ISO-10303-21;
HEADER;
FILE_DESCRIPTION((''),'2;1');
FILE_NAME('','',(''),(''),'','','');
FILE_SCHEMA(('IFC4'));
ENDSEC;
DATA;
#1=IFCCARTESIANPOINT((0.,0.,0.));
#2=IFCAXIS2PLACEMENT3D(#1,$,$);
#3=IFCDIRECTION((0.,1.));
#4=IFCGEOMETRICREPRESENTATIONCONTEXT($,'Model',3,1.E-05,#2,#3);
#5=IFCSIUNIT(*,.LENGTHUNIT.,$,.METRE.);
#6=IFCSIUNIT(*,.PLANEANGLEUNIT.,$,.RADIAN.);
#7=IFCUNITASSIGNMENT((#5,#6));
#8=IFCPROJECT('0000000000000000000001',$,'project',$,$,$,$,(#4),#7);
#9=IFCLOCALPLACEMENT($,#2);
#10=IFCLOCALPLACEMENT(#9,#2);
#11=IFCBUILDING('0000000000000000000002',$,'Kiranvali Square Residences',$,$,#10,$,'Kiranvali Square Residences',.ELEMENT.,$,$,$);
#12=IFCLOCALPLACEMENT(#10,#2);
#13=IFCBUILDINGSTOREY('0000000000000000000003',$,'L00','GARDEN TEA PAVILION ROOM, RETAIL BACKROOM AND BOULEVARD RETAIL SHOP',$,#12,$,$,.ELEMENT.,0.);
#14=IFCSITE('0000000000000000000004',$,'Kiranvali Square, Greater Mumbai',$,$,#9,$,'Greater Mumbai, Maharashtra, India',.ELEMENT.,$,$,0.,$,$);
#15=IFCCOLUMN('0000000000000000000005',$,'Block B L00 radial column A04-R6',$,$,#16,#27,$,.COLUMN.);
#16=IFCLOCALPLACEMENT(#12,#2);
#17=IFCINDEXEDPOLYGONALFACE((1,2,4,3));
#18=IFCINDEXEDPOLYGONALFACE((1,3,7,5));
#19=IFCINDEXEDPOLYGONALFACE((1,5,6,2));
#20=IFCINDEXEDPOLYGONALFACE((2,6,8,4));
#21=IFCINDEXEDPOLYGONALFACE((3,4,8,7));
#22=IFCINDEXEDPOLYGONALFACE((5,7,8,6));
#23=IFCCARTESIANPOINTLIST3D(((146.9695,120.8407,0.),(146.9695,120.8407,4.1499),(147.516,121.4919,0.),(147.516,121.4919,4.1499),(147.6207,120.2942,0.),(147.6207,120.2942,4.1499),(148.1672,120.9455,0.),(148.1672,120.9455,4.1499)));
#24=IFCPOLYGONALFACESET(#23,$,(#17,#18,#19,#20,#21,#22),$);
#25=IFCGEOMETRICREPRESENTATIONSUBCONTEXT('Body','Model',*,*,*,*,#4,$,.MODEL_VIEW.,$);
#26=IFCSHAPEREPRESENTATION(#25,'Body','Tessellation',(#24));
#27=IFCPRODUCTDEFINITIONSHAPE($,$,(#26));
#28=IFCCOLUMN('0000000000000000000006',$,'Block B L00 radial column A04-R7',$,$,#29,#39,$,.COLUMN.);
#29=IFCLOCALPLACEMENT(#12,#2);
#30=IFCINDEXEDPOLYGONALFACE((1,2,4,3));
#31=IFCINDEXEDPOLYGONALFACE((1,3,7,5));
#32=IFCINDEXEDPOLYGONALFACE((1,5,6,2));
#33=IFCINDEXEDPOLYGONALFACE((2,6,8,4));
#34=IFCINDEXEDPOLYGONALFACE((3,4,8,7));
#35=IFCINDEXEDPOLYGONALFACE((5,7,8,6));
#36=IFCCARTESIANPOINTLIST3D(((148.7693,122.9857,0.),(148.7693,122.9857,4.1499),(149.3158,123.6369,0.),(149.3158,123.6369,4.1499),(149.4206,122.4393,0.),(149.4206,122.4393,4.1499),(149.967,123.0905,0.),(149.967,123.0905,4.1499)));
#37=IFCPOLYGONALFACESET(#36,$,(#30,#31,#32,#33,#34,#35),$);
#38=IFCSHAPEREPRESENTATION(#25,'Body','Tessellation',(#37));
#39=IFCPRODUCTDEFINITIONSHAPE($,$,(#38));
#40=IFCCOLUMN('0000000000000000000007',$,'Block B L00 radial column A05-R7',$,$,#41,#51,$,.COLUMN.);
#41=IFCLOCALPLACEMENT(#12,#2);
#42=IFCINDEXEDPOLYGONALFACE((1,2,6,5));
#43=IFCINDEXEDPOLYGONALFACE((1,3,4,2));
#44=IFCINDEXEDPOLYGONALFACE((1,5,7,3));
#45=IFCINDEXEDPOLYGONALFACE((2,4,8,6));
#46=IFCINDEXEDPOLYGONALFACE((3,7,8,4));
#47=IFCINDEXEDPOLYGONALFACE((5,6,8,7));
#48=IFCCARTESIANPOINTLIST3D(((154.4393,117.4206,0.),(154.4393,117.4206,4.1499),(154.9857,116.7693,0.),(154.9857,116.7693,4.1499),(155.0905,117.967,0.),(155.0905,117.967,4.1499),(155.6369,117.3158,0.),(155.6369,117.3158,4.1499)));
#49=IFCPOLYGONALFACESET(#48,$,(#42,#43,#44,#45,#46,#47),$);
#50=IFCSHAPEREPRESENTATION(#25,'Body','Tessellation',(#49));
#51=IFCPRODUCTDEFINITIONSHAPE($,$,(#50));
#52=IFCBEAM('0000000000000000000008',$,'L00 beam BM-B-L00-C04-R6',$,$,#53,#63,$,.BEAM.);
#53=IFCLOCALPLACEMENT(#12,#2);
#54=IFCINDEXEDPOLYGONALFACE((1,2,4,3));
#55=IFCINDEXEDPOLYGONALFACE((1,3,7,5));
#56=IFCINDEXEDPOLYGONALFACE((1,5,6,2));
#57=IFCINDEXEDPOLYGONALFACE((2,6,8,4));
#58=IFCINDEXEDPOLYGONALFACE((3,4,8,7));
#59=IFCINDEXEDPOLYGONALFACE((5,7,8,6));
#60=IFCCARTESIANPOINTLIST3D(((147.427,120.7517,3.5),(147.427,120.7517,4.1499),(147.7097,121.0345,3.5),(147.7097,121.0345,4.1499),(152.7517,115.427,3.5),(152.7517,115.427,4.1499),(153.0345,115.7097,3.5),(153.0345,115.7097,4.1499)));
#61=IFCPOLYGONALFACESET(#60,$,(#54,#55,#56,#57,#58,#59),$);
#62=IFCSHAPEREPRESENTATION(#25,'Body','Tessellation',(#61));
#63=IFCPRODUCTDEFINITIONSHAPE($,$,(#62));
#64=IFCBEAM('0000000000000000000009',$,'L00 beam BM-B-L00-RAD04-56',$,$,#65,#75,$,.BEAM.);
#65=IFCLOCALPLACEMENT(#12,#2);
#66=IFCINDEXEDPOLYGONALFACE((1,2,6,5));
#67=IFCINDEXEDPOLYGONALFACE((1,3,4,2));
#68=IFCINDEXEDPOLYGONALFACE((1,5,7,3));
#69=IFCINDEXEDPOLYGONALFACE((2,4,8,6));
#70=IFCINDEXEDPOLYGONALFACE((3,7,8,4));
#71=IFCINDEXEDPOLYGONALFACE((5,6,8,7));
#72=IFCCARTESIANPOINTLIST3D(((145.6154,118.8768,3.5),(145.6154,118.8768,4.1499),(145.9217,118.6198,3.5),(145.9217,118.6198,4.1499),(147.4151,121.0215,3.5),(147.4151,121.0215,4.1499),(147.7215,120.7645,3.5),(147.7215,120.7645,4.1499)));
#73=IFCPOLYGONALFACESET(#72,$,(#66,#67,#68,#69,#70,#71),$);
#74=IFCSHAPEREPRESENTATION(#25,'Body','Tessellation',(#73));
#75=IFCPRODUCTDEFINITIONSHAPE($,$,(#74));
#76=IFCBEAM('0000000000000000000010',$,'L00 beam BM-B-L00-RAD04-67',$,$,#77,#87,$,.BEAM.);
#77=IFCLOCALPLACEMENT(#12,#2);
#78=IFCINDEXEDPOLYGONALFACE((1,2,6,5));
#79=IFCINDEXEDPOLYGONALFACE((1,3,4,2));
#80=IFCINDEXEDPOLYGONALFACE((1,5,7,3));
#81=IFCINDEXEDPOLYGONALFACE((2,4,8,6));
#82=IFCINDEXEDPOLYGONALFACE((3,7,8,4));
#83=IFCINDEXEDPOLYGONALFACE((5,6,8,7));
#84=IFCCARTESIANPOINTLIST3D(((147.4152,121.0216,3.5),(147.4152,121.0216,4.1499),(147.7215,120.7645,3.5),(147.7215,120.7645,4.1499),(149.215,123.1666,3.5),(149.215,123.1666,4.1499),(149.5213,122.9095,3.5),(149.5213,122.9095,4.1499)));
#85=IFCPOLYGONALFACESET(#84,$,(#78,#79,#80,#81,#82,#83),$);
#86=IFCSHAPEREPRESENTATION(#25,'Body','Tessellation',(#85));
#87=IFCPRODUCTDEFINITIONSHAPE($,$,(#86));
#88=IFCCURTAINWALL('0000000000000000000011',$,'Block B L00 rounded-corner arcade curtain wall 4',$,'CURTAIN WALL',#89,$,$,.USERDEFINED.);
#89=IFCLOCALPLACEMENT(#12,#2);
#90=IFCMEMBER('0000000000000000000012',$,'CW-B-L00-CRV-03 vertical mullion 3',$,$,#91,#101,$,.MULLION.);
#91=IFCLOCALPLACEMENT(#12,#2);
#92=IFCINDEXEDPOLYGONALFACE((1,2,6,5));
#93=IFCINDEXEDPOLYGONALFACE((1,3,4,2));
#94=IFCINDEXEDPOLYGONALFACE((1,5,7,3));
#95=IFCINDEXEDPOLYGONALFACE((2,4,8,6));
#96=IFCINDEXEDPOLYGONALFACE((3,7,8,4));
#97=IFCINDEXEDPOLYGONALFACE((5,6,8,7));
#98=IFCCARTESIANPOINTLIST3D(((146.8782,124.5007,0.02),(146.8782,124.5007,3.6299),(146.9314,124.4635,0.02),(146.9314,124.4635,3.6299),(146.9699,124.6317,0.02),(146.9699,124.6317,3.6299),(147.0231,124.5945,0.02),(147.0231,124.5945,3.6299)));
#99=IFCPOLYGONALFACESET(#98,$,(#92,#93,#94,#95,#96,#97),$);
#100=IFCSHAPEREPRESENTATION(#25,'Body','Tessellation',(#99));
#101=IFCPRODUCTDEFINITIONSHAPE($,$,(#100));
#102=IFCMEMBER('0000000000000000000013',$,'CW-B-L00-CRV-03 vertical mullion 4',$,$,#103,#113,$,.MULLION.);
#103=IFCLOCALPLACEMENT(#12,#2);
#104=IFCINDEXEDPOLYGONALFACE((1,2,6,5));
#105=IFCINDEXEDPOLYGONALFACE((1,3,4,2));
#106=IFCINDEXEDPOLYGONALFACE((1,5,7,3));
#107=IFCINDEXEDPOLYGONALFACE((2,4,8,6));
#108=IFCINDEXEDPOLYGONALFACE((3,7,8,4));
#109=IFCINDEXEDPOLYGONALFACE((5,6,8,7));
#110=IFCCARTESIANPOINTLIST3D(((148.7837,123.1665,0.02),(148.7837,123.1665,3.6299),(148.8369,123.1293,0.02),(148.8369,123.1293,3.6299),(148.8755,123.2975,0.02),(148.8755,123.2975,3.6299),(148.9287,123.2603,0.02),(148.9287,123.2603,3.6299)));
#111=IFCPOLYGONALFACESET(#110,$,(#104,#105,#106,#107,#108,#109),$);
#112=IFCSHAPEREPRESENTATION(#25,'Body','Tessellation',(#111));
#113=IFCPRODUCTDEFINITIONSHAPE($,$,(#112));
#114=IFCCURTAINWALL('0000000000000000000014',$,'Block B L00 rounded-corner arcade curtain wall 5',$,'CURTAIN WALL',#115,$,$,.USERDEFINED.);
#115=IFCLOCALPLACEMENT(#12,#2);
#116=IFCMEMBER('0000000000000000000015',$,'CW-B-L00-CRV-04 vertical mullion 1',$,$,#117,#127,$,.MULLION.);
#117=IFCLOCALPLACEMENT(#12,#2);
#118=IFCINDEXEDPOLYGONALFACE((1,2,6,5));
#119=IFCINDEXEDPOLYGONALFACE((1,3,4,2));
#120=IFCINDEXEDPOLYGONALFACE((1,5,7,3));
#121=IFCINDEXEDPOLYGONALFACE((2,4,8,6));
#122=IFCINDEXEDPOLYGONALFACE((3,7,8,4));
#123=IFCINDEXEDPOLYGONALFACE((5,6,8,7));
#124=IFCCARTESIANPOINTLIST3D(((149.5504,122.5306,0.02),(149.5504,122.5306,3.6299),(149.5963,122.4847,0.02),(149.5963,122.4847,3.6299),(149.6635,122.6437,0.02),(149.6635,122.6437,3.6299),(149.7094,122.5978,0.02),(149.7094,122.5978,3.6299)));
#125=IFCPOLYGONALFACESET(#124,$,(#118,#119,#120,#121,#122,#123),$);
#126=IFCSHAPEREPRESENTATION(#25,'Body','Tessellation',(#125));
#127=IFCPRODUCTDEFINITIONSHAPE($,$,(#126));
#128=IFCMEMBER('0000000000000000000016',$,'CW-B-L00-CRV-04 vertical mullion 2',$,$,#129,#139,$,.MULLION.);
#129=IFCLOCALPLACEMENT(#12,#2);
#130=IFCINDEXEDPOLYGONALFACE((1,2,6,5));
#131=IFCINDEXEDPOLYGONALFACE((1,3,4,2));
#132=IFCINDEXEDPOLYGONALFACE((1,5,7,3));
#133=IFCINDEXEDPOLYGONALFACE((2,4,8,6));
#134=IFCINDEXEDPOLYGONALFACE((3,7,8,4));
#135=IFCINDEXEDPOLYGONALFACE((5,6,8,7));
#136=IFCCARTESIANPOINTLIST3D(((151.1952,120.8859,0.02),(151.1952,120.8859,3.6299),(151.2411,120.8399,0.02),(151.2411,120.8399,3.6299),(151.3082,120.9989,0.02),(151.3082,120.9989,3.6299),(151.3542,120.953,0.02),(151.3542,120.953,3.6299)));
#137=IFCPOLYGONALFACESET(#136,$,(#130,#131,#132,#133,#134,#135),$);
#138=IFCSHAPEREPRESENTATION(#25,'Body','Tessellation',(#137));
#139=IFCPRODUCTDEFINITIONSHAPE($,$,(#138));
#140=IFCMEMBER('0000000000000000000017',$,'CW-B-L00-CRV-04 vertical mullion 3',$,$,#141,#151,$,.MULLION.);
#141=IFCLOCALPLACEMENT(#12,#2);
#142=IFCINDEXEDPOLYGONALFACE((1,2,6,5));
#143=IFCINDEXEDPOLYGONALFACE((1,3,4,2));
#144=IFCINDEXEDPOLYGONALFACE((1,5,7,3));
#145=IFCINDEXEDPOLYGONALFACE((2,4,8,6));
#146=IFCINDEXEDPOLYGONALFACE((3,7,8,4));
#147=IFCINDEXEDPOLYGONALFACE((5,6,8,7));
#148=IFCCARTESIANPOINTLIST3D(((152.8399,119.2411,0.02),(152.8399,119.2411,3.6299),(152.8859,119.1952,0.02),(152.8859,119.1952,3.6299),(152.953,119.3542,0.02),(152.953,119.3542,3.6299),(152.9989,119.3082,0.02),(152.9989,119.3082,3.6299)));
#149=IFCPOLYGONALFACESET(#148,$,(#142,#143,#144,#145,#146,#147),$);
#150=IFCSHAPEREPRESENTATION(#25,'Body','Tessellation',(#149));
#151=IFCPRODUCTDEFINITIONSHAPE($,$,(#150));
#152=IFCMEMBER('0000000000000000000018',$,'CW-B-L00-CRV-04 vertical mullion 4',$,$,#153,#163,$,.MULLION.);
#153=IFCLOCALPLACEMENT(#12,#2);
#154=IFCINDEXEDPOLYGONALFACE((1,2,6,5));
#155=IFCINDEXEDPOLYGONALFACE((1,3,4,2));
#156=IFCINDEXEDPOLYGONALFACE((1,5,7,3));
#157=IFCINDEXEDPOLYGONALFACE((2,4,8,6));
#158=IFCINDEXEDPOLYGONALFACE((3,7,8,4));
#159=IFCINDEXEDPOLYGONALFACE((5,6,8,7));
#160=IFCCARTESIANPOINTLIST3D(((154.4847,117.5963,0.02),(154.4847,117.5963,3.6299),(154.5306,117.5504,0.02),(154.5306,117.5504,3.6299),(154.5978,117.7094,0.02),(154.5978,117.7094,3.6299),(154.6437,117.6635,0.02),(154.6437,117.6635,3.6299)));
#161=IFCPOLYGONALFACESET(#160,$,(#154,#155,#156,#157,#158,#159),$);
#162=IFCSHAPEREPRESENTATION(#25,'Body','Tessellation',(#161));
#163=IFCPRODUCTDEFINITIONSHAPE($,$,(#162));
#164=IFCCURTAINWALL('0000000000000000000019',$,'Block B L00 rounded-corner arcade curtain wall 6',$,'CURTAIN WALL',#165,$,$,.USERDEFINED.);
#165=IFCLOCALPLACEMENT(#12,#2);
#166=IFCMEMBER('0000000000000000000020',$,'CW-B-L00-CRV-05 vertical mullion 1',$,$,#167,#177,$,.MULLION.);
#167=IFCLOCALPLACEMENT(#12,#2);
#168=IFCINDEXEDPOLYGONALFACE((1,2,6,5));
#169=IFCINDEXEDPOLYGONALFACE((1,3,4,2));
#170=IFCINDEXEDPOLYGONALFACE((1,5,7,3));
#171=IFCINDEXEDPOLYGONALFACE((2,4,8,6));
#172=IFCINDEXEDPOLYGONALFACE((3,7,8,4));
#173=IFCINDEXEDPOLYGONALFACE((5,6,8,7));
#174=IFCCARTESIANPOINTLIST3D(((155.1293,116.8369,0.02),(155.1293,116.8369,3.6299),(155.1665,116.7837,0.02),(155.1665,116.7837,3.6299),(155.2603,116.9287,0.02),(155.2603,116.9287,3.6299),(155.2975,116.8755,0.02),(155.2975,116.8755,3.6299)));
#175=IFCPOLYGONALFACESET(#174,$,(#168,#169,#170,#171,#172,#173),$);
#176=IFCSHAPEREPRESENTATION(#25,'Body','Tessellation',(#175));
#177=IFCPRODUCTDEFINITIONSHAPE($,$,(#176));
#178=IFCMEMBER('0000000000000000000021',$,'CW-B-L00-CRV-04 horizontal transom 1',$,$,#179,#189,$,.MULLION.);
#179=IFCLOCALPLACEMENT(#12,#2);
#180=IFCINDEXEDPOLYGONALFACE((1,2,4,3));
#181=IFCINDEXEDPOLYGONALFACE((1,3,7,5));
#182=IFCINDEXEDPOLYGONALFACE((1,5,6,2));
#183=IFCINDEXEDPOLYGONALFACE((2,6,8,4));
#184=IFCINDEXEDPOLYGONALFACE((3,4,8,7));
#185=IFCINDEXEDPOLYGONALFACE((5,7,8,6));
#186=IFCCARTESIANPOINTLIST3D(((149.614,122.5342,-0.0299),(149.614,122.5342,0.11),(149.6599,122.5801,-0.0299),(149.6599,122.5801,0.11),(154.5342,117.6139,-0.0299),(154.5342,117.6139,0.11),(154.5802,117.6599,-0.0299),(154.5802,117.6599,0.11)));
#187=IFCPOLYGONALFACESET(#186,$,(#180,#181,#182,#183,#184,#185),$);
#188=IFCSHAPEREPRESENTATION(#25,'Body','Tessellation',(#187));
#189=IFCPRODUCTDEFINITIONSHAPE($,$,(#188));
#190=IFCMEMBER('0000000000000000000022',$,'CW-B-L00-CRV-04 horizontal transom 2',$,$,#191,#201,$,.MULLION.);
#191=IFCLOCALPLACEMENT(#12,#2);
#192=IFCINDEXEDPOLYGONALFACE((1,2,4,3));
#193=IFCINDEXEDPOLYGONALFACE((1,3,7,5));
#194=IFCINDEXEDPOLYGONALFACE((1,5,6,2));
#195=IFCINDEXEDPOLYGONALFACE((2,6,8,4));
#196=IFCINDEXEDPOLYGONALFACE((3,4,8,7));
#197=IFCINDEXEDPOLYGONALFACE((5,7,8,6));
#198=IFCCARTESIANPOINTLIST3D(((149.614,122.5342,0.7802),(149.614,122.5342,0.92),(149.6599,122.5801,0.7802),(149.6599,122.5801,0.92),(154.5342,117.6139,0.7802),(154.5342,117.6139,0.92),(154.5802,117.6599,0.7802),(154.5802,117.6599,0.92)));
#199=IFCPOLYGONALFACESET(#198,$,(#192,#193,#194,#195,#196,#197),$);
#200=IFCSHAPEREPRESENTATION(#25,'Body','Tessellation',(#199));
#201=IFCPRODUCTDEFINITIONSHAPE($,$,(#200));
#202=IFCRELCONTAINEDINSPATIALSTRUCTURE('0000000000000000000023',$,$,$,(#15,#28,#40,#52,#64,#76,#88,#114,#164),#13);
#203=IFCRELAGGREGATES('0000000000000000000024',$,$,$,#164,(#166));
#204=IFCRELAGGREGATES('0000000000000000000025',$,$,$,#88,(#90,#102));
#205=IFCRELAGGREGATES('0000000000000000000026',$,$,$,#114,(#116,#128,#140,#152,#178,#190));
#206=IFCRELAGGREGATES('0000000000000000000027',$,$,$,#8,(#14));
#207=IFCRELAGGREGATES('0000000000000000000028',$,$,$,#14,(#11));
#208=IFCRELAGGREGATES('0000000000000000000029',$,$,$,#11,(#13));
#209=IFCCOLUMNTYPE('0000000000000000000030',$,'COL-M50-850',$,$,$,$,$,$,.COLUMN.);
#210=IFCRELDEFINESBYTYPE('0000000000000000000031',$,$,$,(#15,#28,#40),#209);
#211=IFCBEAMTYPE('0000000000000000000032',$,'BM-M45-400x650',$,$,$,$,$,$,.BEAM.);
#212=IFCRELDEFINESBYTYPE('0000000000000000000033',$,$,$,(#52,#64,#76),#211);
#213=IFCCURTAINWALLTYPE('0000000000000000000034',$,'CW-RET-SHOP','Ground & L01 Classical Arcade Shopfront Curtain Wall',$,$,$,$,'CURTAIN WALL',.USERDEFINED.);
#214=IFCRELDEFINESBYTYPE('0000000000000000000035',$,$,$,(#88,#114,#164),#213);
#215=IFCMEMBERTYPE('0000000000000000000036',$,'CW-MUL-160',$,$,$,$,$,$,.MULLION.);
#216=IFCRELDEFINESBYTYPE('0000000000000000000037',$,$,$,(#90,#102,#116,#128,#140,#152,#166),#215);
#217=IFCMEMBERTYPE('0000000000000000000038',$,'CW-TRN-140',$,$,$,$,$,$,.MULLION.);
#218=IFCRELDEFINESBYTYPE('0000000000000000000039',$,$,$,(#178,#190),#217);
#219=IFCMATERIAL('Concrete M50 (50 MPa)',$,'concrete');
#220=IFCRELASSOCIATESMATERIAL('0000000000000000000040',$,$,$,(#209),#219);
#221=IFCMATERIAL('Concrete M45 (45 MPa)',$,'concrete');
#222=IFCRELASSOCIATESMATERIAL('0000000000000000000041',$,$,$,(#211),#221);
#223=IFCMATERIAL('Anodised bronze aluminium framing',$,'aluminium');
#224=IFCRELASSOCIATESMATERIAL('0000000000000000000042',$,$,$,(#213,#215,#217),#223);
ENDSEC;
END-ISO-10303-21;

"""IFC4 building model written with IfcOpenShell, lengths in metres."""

from ifc_helpers import new_model, si_unit, direction, frame, origin, origin_2d, place, context, subcontext, project, spatial, rectangle, extrude, material, material_profile, profile_set, type_object, element, aggregate, save


model = new_model("IFC4")

# Units and contexts
model_context = context("Model", 3, precision=1e-05, world=origin(), true_north=direction((0.0, 1.0)))
body_context = subcontext(model_context, "Body", "Model", "MODEL_VIEW")
ifc_project = project(units=[si_unit("LENGTHUNIT", "METRE"), si_unit("PLANEANGLEUNIT", "RADIAN")], contexts=[model_context])

# Site, building, storey
site_placement = place(None, origin())
site = spatial("IfcSite", under=ifc_project, at=site_placement, Name="Kiranvali Square, Greater Mumbai", LongName="Greater Mumbai, Maharashtra, India", CompositionType="ELEMENT", RefElevation=0.0)
building_placement = place(site_placement, origin())
building = spatial("IfcBuilding", under=site, at=building_placement, Name="Kiranvali Square Residences", LongName="Kiranvali Square Residences", CompositionType="ELEMENT")
storey_placement = place(building_placement, origin())
storey = spatial("IfcBuildingStorey", under=building, at=storey_placement, Name="L00", Description="GARDEN TEA PAVILION ROOM, RETAIL BACKROOM AND BOULEVARD RETAIL SHOP", CompositionType="ELEMENT", Elevation=0.0)

# Columns
ifc_material_1 = material(Name="Concrete M50 (50 MPa)", Category="concrete")
ifc_material_profile_1 = material_profile(ifc_material_1, rectangle(XDim=0.8501, YDim=0.8501, at=origin_2d()), Name="RC 850x850")
ifc_profile_set_1 = profile_set([ifc_material_profile_1], Name="Concrete M50 (50 MPa)")
column_type = type_object("IfcColumnType", Name="COL-M50-850", PredefinedType="COLUMN", material=ifc_profile_set_1)
for number, where, z_axis, x_axis, name in (
    (1, (147.5684, 120.8931, 0.0), (0.0, 0.0, 1.0), (-0.766044, 0.642788, 0.0), "Block B L00 radial column A04-R6"),
    (2, (149.3682, 123.0381, 0.0), (0.0, 0.0, 1.0), (-0.766044, 0.642788, 0.0), "Block B L00 radial column A04-R7"),
    (3, (155.0381, 117.3682, 0.0), (0.0, 0.0, 1.0), (-0.642788, 0.766044, 0.0), "Block B L00 radial column A05-R7"),
):
    element("IfcColumn", number, at=place(storey_placement, frame(where, z_axis=z_axis, x_axis=x_axis)), inside=storey, type_object=column_type, Name=name, PredefinedType="COLUMN", context=body_context, shape_type="SweptSolid", body=[
        extrude(rectangle(XDim=0.8501, YDim=0.8501, at=origin_2d()), origin(), (0.0, 0.0, 1.0), 4.1499),
    ])

# Beams
ifc_material_2 = material(Name="Concrete M45 (45 MPa)", Category="concrete")
ifc_material_profile_2 = material_profile(ifc_material_2, rectangle(XDim=0.3999, YDim=0.6499, at=origin_2d()), Name="RC 400x650")
ifc_profile_set_2 = profile_set([ifc_material_profile_2], Name="Concrete M45 (45 MPa)")
beam_type_1 = type_object("IfcBeamType", Name="BM-M45-400x650", PredefinedType="BEAM", material=ifc_profile_set_2)
beam_1_placement = place(storey_placement, frame((147.5684, 120.8931, 3.825), z_axis=(0.707107, -0.707107, 0.0), x_axis=(0.707107, 0.707107, 0.0)))
element("IfcBeam", 4, at=beam_1_placement, inside=storey, type_object=beam_type_1, Name="L00 beam BM-B-L00-C04-R6", PredefinedType="BEAM", context=body_context, shape_type="SweptSolid", body=[
    extrude(rectangle(XDim=0.3999, YDim=0.6499, at=origin_2d()), origin(), (0.0, 0.0, 1.0), 7.5303),
])
beam_2_placement = place(storey_placement, frame((145.7686, 118.7483, 3.825), z_axis=(0.642814, 0.766023, 0.0), x_axis=(-0.766023, 0.642814, 0.0)))
element("IfcBeam", 5, at=beam_2_placement, inside=storey, type_object=beam_type_1, Name="L00 beam BM-B-L00-RAD04-56", PredefinedType="BEAM", context=body_context, shape_type="SweptSolid", body=[
    extrude(rectangle(XDim=0.3999, YDim=0.6499, at=origin_2d()), origin(), (0.0, 0.0, 1.0), 2.7998),
])
beam_3_placement = place(storey_placement, frame((147.5684, 120.8931, 3.825), z_axis=(0.642771, 0.766059, 0.0), x_axis=(-0.766059, 0.642771, 0.0)))
element("IfcBeam", 6, at=beam_3_placement, inside=storey, type_object=beam_type_1, Name="L00 beam BM-B-L00-RAD04-67", PredefinedType="BEAM", context=body_context, shape_type="SweptSolid", body=[
    extrude(rectangle(XDim=0.3999, YDim=0.6499, at=origin_2d()), origin(), (0.0, 0.0, 1.0), 2.8),
])

# Curtain walls, members
ifc_material_3 = material(Name="Anodised bronze aluminium framing", Category="aluminium")
curtain_wall_type = type_object("IfcCurtainWallType", Name="CW-RET-SHOP", Description="Ground & L01 Classical Arcade Shopfront Curtain Wall", ElementType="CURTAIN WALL", PredefinedType="USERDEFINED", material=ifc_material_3)
curtain_wall_1_placement = place(storey_placement, origin())
curtain_wall_1 = element("IfcCurtainWall", 7, at=curtain_wall_1_placement, inside=storey, type_object=curtain_wall_type, Name="Block B L00 rounded-corner arcade curtain wall 4", ObjectType="CURTAIN WALL", PredefinedType="USERDEFINED")
ifc_material_profile_3 = material_profile(ifc_material_3, rectangle(XDim=0.0649, YDim=0.1599, at=origin_2d()), Name="ALU 65x160")
ifc_profile_set_3 = profile_set([ifc_material_profile_3], Name="Anodised bronze aluminium framing")
member_type_1 = type_object("IfcMemberType", Name="CW-MUL-160", PredefinedType="MULLION", material=ifc_profile_set_3)
member_1_placement = place(storey_placement, frame((146.9507, 124.5476, 0.02), z_axis=(0.0, 0.0, 1.0), x_axis=(0.819152, -0.573576, 0.0)))
member_1 = element("IfcMember", 8, at=member_1_placement, type_object=member_type_1, Name="CW-B-L00-CRV-03 vertical mullion 3", PredefinedType="MULLION", context=body_context, shape_type="SweptSolid", body=[
    extrude(rectangle(XDim=0.0649, YDim=0.1599, at=origin_2d()), origin(), (0.0, 0.0, 1.0), 3.6099),
])
member_2_placement = place(storey_placement, frame((148.8562, 123.2134, 0.02), z_axis=(0.0, 0.0, 1.0), x_axis=(0.819152, -0.573576, 0.0)))
member_2 = element("IfcMember", 9, at=member_2_placement, type_object=member_type_1, Name="CW-B-L00-CRV-03 vertical mullion 4", PredefinedType="MULLION", context=body_context, shape_type="SweptSolid", body=[
    extrude(rectangle(XDim=0.0649, YDim=0.1599, at=origin_2d()), origin(), (0.0, 0.0, 1.0), 3.6099),
])
curtain_wall_2_placement = place(storey_placement, origin())
curtain_wall_2 = element("IfcCurtainWall", 10, at=curtain_wall_2_placement, inside=storey, type_object=curtain_wall_type, Name="Block B L00 rounded-corner arcade curtain wall 5", ObjectType="CURTAIN WALL", PredefinedType="USERDEFINED")
member_3_placement = place(storey_placement, frame((149.6299, 122.5642, 0.02), z_axis=(0.0, 0.0, 1.0), x_axis=(0.707107, -0.707107, 0.0)))
member_3 = element("IfcMember", 11, at=member_3_placement, type_object=member_type_1, Name="CW-B-L00-CRV-04 vertical mullion 1", PredefinedType="MULLION", context=body_context, shape_type="SweptSolid", body=[
    extrude(rectangle(XDim=0.0649, YDim=0.1599, at=origin_2d()), origin(), (0.0, 0.0, 1.0), 3.6099),
])
member_4_placement = place(storey_placement, frame((151.2747, 120.9194, 0.02), z_axis=(0.0, 0.0, 1.0), x_axis=(0.707107, -0.707107, 0.0)))
member_4 = element("IfcMember", 12, at=member_4_placement, type_object=member_type_1, Name="CW-B-L00-CRV-04 vertical mullion 2", PredefinedType="MULLION", context=body_context, shape_type="SweptSolid", body=[
    extrude(rectangle(XDim=0.0649, YDim=0.1599, at=origin_2d()), origin(), (0.0, 0.0, 1.0), 3.6099),
])
member_5_placement = place(storey_placement, frame((152.9194, 119.2747, 0.02), z_axis=(0.0, 0.0, 1.0), x_axis=(0.707107, -0.707107, 0.0)))
member_5 = element("IfcMember", 13, at=member_5_placement, type_object=member_type_1, Name="CW-B-L00-CRV-04 vertical mullion 3", PredefinedType="MULLION", context=body_context, shape_type="SweptSolid", body=[
    extrude(rectangle(XDim=0.0649, YDim=0.1599, at=origin_2d()), origin(), (0.0, 0.0, 1.0), 3.6099),
])
member_6_placement = place(storey_placement, frame((154.5642, 117.6299, 0.02), z_axis=(0.0, 0.0, 1.0), x_axis=(0.707107, -0.707107, 0.0)))
member_6 = element("IfcMember", 14, at=member_6_placement, type_object=member_type_1, Name="CW-B-L00-CRV-04 vertical mullion 4", PredefinedType="MULLION", context=body_context, shape_type="SweptSolid", body=[
    extrude(rectangle(XDim=0.0649, YDim=0.1599, at=origin_2d()), origin(), (0.0, 0.0, 1.0), 3.6099),
])

# Curtain wall, member
curtain_wall_3_placement = place(storey_placement, origin())
curtain_wall_3 = element("IfcCurtainWall", 15, at=curtain_wall_3_placement, inside=storey, type_object=curtain_wall_type, Name="Block B L00 rounded-corner arcade curtain wall 6", ObjectType="CURTAIN WALL", PredefinedType="USERDEFINED")
member_7_placement = place(storey_placement, frame((155.2134, 116.8562, 0.02), z_axis=(0.0, 0.0, 1.0), x_axis=(0.573576, -0.819152, 0.0)))
member_7 = element("IfcMember", 16, at=member_7_placement, type_object=member_type_1, Name="CW-B-L00-CRV-05 vertical mullion 1", PredefinedType="MULLION", context=body_context, shape_type="SweptSolid", body=[
    extrude(rectangle(XDim=0.0649, YDim=0.1599, at=origin_2d()), origin(), (0.0, 0.0, 1.0), 3.6099),
])

# Members
ifc_material_profile_4 = material_profile(ifc_material_3, rectangle(XDim=0.0649, YDim=0.1399, at=origin_2d()), Name="ALU 65x140")
ifc_profile_set_4 = profile_set([ifc_material_profile_4], Name="Anodised bronze aluminium framing")
member_type_2 = type_object("IfcMemberType", Name="CW-TRN-140", PredefinedType="MULLION", material=ifc_profile_set_4)
member_8_placement = place(storey_placement, frame((149.637, 122.5571, 0.04), z_axis=(0.707107, -0.707107, 0.0), x_axis=(0.707107, 0.707107, 0.0)))
member_8 = element("IfcMember", 17, at=member_8_placement, type_object=member_type_2, Name="CW-B-L00-CRV-04 horizontal transom 1", PredefinedType="MULLION", context=body_context, shape_type="SweptSolid", body=[
    extrude(rectangle(XDim=0.0649, YDim=0.1399, at=origin_2d()), origin(), (0.0, 0.0, 1.0), 6.9583),
])
member_9_placement = place(storey_placement, frame((149.637, 122.5571, 0.8501), z_axis=(0.707107, -0.707107, 0.0), x_axis=(0.707107, 0.707107, 0.0)))
member_9 = element("IfcMember", 18, at=member_9_placement, type_object=member_type_2, Name="CW-B-L00-CRV-04 horizontal transom 2", PredefinedType="MULLION", context=body_context, shape_type="SweptSolid", body=[
    extrude(rectangle(XDim=0.0649, YDim=0.1399, at=origin_2d()), origin(), (0.0, 0.0, 1.0), 6.9583),
])
aggregate(curtain_wall_3, [member_7])

aggregate(curtain_wall_1, [member_1, member_2])
aggregate(curtain_wall_2, [member_3, member_4, member_5, member_6, member_8, member_9])

save(model, "model.ifc")
